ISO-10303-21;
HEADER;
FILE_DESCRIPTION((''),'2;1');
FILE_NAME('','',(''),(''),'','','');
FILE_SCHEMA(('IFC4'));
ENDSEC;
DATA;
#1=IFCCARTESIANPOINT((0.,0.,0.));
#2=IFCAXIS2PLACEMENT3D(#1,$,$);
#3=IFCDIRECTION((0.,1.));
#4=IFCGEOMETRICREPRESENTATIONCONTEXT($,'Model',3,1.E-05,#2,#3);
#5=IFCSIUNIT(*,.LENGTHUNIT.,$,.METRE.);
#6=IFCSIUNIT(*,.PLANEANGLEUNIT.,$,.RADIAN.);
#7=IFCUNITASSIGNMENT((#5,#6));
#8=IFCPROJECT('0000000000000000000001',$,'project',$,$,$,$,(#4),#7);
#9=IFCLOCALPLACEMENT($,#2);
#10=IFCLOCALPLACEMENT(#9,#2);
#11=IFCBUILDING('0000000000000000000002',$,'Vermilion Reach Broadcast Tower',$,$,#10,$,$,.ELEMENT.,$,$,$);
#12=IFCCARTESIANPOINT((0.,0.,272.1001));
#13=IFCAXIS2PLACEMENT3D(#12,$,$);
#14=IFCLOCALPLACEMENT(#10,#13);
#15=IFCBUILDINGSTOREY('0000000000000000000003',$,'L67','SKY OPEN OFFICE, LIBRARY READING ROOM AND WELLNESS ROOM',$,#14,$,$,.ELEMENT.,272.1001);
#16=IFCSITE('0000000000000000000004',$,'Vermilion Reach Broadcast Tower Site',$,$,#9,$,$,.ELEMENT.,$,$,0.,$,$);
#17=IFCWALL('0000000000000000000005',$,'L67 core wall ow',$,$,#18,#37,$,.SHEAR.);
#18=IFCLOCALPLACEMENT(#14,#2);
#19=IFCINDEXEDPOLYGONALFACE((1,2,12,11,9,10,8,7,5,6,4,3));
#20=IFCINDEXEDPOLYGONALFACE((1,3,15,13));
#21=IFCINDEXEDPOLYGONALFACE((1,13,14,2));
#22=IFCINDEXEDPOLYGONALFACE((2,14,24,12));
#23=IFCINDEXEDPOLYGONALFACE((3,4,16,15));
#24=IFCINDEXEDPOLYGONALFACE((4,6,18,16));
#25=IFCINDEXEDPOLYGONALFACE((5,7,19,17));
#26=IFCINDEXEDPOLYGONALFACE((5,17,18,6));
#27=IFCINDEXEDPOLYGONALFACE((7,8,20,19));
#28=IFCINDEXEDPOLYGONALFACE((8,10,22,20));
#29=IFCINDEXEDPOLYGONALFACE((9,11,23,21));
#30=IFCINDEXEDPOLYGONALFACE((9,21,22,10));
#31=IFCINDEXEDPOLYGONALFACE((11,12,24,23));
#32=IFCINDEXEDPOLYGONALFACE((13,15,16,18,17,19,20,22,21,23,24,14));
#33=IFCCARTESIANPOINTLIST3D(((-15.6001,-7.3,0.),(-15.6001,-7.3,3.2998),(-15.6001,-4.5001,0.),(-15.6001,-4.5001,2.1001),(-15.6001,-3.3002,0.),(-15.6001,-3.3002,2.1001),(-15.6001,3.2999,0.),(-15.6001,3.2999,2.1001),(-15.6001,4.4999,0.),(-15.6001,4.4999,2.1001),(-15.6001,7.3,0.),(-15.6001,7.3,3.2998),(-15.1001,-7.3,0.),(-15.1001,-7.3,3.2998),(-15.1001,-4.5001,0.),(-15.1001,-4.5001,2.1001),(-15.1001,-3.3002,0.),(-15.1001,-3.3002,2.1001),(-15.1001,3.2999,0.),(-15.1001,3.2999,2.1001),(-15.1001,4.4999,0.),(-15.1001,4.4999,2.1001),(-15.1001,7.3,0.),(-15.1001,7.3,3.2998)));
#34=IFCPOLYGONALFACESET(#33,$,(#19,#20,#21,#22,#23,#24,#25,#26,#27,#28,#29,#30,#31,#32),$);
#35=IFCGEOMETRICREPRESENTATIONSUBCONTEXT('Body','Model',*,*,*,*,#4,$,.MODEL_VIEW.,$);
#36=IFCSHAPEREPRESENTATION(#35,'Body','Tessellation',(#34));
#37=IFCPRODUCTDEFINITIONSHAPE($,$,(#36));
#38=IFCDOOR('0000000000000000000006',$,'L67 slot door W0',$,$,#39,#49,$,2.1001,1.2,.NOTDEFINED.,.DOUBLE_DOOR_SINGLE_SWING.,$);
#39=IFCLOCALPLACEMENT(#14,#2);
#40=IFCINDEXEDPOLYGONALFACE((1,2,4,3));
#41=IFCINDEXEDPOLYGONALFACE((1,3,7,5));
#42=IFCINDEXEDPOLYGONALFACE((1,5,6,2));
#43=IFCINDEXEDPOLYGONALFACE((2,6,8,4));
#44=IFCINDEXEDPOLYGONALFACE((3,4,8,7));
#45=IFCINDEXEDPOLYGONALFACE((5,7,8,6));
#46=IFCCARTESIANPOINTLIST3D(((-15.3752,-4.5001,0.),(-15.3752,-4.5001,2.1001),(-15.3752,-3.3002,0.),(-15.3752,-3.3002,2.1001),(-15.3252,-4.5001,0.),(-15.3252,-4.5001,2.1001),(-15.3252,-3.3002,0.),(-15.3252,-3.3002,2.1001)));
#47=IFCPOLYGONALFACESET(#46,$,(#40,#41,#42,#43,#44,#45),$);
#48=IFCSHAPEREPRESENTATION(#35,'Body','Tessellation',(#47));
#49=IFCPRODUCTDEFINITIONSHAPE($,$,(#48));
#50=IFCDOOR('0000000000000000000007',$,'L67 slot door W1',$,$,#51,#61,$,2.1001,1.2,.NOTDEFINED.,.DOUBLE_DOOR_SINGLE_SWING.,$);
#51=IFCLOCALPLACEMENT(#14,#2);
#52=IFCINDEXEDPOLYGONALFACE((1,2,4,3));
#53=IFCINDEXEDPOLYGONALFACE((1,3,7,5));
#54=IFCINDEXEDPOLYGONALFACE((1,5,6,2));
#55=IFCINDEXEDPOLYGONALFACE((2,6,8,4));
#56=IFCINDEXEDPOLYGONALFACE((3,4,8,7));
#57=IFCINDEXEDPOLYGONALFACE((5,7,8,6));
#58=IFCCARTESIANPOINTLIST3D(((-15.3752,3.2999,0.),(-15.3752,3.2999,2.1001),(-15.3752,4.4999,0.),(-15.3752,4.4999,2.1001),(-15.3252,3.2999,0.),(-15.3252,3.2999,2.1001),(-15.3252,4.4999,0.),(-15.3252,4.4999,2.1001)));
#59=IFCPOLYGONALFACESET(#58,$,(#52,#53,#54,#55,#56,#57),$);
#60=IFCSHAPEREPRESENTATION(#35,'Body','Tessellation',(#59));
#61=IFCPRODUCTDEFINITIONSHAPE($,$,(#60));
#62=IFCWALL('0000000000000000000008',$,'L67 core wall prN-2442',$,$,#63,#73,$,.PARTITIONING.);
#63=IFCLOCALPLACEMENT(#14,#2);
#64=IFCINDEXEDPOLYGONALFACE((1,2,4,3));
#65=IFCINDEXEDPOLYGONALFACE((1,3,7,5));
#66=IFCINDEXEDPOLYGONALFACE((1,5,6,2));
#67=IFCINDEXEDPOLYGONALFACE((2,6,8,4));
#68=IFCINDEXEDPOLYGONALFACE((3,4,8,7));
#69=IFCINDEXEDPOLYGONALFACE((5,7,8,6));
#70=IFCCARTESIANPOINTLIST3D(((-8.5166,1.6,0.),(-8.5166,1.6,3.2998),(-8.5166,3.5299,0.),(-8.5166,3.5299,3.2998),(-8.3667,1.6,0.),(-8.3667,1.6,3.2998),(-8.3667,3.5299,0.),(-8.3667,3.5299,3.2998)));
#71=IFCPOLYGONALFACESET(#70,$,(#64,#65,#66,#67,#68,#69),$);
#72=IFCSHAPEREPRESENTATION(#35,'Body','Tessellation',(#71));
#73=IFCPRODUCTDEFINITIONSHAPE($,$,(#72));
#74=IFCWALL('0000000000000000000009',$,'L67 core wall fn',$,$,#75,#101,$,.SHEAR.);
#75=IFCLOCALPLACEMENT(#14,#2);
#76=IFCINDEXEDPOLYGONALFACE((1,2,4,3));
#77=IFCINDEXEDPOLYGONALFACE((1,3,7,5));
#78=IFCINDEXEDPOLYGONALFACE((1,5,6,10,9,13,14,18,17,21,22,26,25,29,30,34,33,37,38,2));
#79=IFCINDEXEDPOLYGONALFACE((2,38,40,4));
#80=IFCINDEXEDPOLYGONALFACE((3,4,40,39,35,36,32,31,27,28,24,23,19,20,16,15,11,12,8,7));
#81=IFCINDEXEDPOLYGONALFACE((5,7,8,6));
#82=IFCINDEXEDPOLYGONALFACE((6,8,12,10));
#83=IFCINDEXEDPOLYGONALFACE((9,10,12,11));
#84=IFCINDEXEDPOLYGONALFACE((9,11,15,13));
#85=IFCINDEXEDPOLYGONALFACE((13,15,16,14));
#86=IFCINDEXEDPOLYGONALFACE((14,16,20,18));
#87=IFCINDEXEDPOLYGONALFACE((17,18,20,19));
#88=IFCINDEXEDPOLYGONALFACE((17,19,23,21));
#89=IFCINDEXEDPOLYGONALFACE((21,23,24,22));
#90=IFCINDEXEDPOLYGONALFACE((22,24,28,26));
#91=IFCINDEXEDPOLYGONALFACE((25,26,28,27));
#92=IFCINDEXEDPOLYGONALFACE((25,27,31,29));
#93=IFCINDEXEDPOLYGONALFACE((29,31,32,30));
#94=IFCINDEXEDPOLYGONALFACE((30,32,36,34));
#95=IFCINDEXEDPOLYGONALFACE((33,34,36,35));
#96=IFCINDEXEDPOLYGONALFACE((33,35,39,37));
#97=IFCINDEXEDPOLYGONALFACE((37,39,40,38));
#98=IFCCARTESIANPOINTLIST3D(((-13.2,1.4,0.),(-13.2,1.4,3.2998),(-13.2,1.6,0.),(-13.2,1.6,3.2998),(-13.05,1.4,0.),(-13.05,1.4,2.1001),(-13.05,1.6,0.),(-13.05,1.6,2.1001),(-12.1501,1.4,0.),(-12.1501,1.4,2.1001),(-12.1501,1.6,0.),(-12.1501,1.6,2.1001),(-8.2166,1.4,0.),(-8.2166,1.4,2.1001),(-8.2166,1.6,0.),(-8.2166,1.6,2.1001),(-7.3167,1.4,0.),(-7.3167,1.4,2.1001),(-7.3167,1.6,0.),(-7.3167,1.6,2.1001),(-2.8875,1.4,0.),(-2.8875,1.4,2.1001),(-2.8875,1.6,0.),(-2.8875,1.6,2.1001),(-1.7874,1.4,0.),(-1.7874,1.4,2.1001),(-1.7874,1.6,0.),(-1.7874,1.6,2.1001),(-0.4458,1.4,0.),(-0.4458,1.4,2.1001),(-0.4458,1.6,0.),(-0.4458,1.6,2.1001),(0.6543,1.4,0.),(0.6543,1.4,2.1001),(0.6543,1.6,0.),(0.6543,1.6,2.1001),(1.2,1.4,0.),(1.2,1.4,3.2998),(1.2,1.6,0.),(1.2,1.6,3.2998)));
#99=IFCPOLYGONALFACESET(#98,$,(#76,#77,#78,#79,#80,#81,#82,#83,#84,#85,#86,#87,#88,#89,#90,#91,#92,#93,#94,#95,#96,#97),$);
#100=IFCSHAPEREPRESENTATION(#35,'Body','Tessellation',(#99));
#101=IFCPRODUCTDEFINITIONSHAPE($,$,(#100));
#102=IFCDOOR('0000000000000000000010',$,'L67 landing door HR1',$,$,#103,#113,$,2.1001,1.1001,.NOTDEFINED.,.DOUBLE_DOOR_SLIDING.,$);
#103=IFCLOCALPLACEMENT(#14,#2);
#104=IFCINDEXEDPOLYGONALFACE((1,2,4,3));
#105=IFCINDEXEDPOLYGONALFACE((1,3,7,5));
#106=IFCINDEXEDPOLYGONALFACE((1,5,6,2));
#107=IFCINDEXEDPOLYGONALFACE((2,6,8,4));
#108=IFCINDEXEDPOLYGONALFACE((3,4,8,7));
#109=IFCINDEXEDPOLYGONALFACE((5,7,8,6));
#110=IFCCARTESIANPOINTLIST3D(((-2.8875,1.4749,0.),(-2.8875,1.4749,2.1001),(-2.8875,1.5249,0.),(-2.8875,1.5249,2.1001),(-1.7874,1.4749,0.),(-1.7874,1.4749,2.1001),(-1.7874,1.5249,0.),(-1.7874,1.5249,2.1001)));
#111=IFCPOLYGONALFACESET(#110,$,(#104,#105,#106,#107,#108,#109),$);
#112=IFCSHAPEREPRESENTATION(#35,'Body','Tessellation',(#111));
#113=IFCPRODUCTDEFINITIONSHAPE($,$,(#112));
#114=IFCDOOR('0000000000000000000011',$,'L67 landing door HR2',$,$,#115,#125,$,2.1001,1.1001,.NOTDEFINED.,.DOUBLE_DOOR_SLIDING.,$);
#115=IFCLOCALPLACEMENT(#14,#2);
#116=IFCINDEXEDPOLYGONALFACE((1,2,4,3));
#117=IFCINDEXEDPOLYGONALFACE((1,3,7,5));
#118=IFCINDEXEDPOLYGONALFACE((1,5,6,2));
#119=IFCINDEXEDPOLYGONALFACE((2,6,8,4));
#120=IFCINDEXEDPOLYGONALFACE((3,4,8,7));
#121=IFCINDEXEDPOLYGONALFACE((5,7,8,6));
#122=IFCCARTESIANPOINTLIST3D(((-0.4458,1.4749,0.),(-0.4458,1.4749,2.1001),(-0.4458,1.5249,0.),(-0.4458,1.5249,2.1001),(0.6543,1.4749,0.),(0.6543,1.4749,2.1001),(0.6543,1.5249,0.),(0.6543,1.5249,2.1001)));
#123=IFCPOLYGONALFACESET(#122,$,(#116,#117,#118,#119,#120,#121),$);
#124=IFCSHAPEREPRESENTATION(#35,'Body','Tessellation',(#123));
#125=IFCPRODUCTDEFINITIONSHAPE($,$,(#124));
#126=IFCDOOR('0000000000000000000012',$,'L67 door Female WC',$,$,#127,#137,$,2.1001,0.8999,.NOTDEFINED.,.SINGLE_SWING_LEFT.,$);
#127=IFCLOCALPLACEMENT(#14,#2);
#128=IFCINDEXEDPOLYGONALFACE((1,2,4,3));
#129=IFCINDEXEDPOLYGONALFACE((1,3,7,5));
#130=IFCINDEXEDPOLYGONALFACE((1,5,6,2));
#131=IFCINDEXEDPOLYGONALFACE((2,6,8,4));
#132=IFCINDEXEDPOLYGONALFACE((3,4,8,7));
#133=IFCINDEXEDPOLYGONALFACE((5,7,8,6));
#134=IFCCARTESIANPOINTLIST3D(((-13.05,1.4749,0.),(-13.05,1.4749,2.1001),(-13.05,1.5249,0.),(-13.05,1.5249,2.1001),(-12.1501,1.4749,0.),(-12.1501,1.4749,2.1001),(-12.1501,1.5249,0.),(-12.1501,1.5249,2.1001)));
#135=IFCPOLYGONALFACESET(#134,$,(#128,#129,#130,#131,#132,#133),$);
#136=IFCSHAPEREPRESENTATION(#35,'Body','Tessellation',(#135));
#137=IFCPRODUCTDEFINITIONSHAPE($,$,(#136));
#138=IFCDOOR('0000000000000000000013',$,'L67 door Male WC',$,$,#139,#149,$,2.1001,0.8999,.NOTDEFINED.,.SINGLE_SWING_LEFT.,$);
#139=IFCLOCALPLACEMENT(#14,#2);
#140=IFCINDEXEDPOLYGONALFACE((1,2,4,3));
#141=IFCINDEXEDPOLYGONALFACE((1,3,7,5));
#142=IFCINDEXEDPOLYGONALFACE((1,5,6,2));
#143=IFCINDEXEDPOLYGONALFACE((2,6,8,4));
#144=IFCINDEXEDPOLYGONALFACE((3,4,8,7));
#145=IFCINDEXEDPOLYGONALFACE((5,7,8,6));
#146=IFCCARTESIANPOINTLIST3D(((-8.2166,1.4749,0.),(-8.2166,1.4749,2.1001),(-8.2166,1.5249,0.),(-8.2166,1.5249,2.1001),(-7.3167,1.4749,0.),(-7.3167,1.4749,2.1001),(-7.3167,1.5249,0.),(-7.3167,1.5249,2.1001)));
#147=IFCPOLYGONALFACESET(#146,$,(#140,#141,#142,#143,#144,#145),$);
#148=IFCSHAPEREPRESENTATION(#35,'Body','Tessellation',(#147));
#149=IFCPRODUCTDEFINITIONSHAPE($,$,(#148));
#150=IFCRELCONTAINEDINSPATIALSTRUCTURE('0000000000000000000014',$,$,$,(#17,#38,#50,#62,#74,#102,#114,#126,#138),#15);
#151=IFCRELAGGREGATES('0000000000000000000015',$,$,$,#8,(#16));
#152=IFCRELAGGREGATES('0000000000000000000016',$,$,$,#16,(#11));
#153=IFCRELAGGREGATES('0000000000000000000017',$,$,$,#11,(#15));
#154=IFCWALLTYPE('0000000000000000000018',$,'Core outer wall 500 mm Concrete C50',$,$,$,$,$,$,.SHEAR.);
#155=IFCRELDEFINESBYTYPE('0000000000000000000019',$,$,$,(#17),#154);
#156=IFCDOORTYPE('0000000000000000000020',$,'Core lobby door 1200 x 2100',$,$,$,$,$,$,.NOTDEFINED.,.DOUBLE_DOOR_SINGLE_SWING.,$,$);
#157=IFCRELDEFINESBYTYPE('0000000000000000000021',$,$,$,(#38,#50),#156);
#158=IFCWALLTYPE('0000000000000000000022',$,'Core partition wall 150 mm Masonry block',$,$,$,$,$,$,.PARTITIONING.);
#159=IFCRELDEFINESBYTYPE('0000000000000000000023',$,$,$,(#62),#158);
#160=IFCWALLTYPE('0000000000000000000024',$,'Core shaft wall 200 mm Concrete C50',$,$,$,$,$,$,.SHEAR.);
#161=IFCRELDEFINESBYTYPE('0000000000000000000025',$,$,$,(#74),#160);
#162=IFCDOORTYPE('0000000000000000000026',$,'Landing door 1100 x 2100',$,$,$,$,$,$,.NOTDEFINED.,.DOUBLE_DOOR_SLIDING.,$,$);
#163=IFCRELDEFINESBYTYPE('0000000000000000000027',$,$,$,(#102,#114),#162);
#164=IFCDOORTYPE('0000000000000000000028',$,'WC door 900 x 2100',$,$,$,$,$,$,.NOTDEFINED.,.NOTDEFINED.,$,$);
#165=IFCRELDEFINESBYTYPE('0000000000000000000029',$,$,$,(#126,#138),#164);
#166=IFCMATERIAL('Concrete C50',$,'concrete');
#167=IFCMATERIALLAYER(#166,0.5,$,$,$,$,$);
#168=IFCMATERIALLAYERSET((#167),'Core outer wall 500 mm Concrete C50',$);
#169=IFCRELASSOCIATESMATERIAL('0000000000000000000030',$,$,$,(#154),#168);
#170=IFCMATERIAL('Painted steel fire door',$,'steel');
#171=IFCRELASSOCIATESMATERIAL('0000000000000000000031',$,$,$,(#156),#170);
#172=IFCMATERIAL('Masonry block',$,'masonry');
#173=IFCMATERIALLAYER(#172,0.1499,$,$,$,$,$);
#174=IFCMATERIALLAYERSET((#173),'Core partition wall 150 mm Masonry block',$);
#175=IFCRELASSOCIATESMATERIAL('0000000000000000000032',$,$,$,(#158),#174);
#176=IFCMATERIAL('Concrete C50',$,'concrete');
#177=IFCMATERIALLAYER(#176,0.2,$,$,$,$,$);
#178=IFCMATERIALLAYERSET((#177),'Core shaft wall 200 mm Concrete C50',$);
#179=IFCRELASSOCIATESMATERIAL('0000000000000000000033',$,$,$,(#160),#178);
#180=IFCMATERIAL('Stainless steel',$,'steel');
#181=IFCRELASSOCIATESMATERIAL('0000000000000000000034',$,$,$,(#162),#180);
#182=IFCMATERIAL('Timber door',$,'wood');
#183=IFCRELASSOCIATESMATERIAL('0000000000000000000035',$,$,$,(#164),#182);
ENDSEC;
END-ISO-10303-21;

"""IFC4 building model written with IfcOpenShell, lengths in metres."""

from ifc_helpers import new_model, si_unit, direction, frame, frame_2d, origin, place, context, subcontext, project, spatial, rectangle, extrude, material, layer, layer_set, type_object, element, fill, save


model = new_model("IFC4")

# Units and contexts
model_context = context("Model", 3, precision=1e-05, world=origin(), true_north=direction((0.0, 1.0)))
body_context = subcontext(model_context, "Body", "Model", "MODEL_VIEW")
ifc_project = project(units=[si_unit("LENGTHUNIT", "METRE"), si_unit("PLANEANGLEUNIT", "RADIAN")], contexts=[model_context])

# Site, building, storey
site_placement = place(None, origin())
site = spatial("IfcSite", under=ifc_project, at=site_placement, Name="Vermilion Reach Broadcast Tower Site", CompositionType="ELEMENT", RefElevation=0.0)
building_placement = place(site_placement, origin())
building = spatial("IfcBuilding", under=site, at=building_placement, Name="Vermilion Reach Broadcast Tower", CompositionType="ELEMENT")
storey_placement = place(building_placement, frame((0.0, 0.0, 272.1001)))
storey = spatial("IfcBuildingStorey", under=building, at=storey_placement, Name="L67", Description="SKY OPEN OFFICE, LIBRARY READING ROOM AND WELLNESS ROOM", CompositionType="ELEMENT", Elevation=272.1001)

# Shared definitions
ifc_material_1 = material(Name="Concrete C50", Category="concrete")
ifc_layer_1 = layer(ifc_material_1, 0.5)
ifc_layer_set_1 = layer_set([ifc_layer_1], Name="Core outer wall 500 mm Concrete C50")
wall_type_1 = type_object("IfcWallType", Name="Core outer wall 500 mm Concrete C50", PredefinedType="SHEAR", material=ifc_layer_set_1)

# Wall, openings, doors
wall_1_placement = place(storey_placement, frame((-15.3501, 7.3, 0.0), z_axis=(0.0, 0.0, 1.0), x_axis=(0.0, -1.0, 0.0)))
wall_1 = element("IfcWall", 1, at=wall_1_placement, inside=storey, type_object=wall_type_1, Name="L67 core wall ow", PredefinedType="SHEAR", context=body_context, shape_type="SweptSolid", body=[
    extrude(rectangle(XDim=14.6001, YDim=0.5, at=frame_2d((7.3, 0.0))), origin(), (0.0, 0.0, 1.0), 3.2998),
])
opening_1_placement = place(wall_1_placement, frame((10.6001, 0.0, 0.0)))
opening_1 = element("IfcOpeningElement", 2, at=opening_1_placement, cuts=wall_1, PredefinedType="OPENING", context=body_context, shape_type="SweptSolid", body=[
    extrude(rectangle(XDim=1.2, YDim=2.1001, at=frame_2d((0.6001, 1.05))), frame((0.0, 0.26, 0.0), z_axis=(0.0, -1.0, 0.0), x_axis=(1.0, 0.0, 0.0)), (0.0, 0.0, 1.0), 0.52),
])
opening_2_placement = place(wall_1_placement, frame((2.8, 0.0, 0.0)))
opening_2 = element("IfcOpeningElement", 3, at=opening_2_placement, cuts=wall_1, PredefinedType="OPENING", context=body_context, shape_type="SweptSolid", body=[
    extrude(rectangle(XDim=1.2, YDim=2.1001, at=frame_2d((0.6001, 1.05))), frame((0.0, 0.26, 0.0), z_axis=(0.0, -1.0, 0.0), x_axis=(1.0, 0.0, 0.0)), (0.0, 0.0, 1.0), 0.52),
])
ifc_material_2 = material(Name="Painted steel fire door", Category="steel")
door_type_1 = type_object("IfcDoorType", Name="Core lobby door 1200 x 2100", OperationType="DOUBLE_DOOR_SINGLE_SWING", PredefinedType="NOTDEFINED", material=ifc_material_2)
door_1_placement = place(opening_1_placement, origin())
door_1 = element("IfcDoor", 4, at=door_1_placement, inside=storey, type_object=door_type_1, Name="L67 slot door W0", OperationType="DOUBLE_DOOR_SINGLE_SWING", OverallHeight=2.1001, OverallWidth=1.2, PredefinedType="NOTDEFINED", context=body_context, shape_type="SweptSolid", body=[
    extrude(rectangle(XDim=1.2, YDim=2.1001, at=frame_2d((0.6001, 1.05))), frame((0.0, 0.0249, 0.0), z_axis=(0.0, -1.0, 0.0), x_axis=(1.0, 0.0, 0.0)), (0.0, 0.0, 1.0), 0.05),
])
fill(opening_1, door_1)
door_2_placement = place(opening_2_placement, origin())
door_2 = element("IfcDoor", 5, at=door_2_placement, inside=storey, type_object=door_type_1, Name="L67 slot door W1", OperationType="DOUBLE_DOOR_SINGLE_SWING", OverallHeight=2.1001, OverallWidth=1.2, PredefinedType="NOTDEFINED", context=body_context, shape_type="SweptSolid", body=[
    extrude(rectangle(XDim=1.2, YDim=2.1001, at=frame_2d((0.6001, 1.05))), frame((0.0, 0.0249, 0.0), z_axis=(0.0, -1.0, 0.0), x_axis=(1.0, 0.0, 0.0)), (0.0, 0.0, 1.0), 0.05),
])
fill(opening_2, door_2)

# Wall
ifc_material_3 = material(Name="Masonry block", Category="masonry")
ifc_layer_2 = layer(ifc_material_3, 0.1499)
ifc_layer_set_2 = layer_set([ifc_layer_2], Name="Core partition wall 150 mm Masonry block")
wall_type_2 = type_object("IfcWallType", Name="Core partition wall 150 mm Masonry block", PredefinedType="PARTITIONING", material=ifc_layer_set_2)
wall_2_placement = place(storey_placement, frame((-8.4417, 1.6001, 0.0), z_axis=(0.0, 0.0, 1.0), x_axis=(0.0, 1.0, 0.0)))
element("IfcWall", 6, at=wall_2_placement, inside=storey, type_object=wall_type_2, Name="L67 core wall prN-2442", PredefinedType="PARTITIONING", context=body_context, shape_type="SweptSolid", body=[
    extrude(rectangle(XDim=1.9299, YDim=0.1499, at=frame_2d((0.9648, 0.0))), origin(), (0.0, 0.0, 1.0), 3.2998),
])

# Wall, openings, doors
ifc_material_4 = material(Name="Concrete C50", Category="concrete")
ifc_layer_3 = layer(ifc_material_4, 0.2)
ifc_layer_set_3 = layer_set([ifc_layer_3], Name="Core shaft wall 200 mm Concrete C50")
wall_type_3 = type_object("IfcWallType", Name="Core shaft wall 200 mm Concrete C50", PredefinedType="SHEAR", material=ifc_layer_set_3)
wall_3_placement = place(storey_placement, frame((-13.2, 1.5, 0.0), z_axis=(0.0, 0.0, 1.0), x_axis=(1.0, 0.0, 0.0)))
wall_3 = element("IfcWall", 7, at=wall_3_placement, inside=storey, type_object=wall_type_3, Name="L67 core wall fn", PredefinedType="SHEAR", context=body_context, shape_type="SweptSolid", body=[
    extrude(rectangle(XDim=14.3999, YDim=0.2, at=frame_2d((7.2, 0.0))), origin(), (0.0, 0.0, 1.0), 3.2998),
])
opening_3_placement = place(wall_3_placement, frame((10.3125, 0.0, 0.0)))
opening_3 = element("IfcOpeningElement", 8, at=opening_3_placement, cuts=wall_3, PredefinedType="OPENING", context=body_context, shape_type="SweptSolid", body=[
    extrude(rectangle(XDim=1.1001, YDim=2.1001, at=frame_2d((0.55, 1.05))), frame((0.0, 0.1099, 0.0), z_axis=(0.0, -1.0, 0.0), x_axis=(1.0, 0.0, 0.0)), (0.0, 0.0, 1.0), 0.22),
])
opening_4_placement = place(wall_3_placement, frame((12.7542, 0.0, 0.0)))
opening_4 = element("IfcOpeningElement", 9, at=opening_4_placement, cuts=wall_3, PredefinedType="OPENING", context=body_context, shape_type="SweptSolid", body=[
    extrude(rectangle(XDim=1.1001, YDim=2.1001, at=frame_2d((0.55, 1.05))), frame((0.0, 0.1099, 0.0), z_axis=(0.0, -1.0, 0.0), x_axis=(1.0, 0.0, 0.0)), (0.0, 0.0, 1.0), 0.22),
])
opening_5_placement = place(wall_3_placement, frame((0.1499, 0.0, 0.0)))
opening_5 = element("IfcOpeningElement", 10, at=opening_5_placement, cuts=wall_3, PredefinedType="OPENING", context=body_context, shape_type="SweptSolid", body=[
    extrude(rectangle(XDim=0.8999, YDim=2.1001, at=frame_2d((0.45, 1.05))), frame((0.0, 0.1099, 0.0), z_axis=(0.0, -1.0, 0.0), x_axis=(1.0, 0.0, 0.0)), (0.0, 0.0, 1.0), 0.22),
])
opening_6_placement = place(wall_3_placement, frame((4.9834, 0.0, 0.0)))
opening_6 = element("IfcOpeningElement", 11, at=opening_6_placement, cuts=wall_3, PredefinedType="OPENING", context=body_context, shape_type="SweptSolid", body=[
    extrude(rectangle(XDim=0.8999, YDim=2.1001, at=frame_2d((0.45, 1.05))), frame((0.0, 0.1099, 0.0), z_axis=(0.0, -1.0, 0.0), x_axis=(1.0, 0.0, 0.0)), (0.0, 0.0, 1.0), 0.22),
])
ifc_material_5 = material(Name="Stainless steel", Category="steel")
door_type_2 = type_object("IfcDoorType", Name="Landing door 1100 x 2100", OperationType="DOUBLE_DOOR_SLIDING", PredefinedType="NOTDEFINED", material=ifc_material_5)
door_3_placement = place(opening_3_placement, origin())
door_3 = element("IfcDoor", 12, at=door_3_placement, inside=storey, type_object=door_type_2, Name="L67 landing door HR1", OperationType="DOUBLE_DOOR_SLIDING", OverallHeight=2.1001, OverallWidth=1.1001, PredefinedType="NOTDEFINED", context=body_context, shape_type="SweptSolid", body=[
    extrude(rectangle(XDim=1.1001, YDim=2.1001, at=frame_2d((0.55, 1.05))), frame((0.0, 0.0249, 0.0), z_axis=(0.0, -1.0, 0.0), x_axis=(1.0, 0.0, 0.0)), (0.0, 0.0, 1.0), 0.05),
])
fill(opening_3, door_3)
door_4_placement = place(opening_4_placement, origin())
door_4 = element("IfcDoor", 13, at=door_4_placement, inside=storey, type_object=door_type_2, Name="L67 landing door HR2", OperationType="DOUBLE_DOOR_SLIDING", OverallHeight=2.1001, OverallWidth=1.1001, PredefinedType="NOTDEFINED", context=body_context, shape_type="SweptSolid", body=[
    extrude(rectangle(XDim=1.1001, YDim=2.1001, at=frame_2d((0.55, 1.05))), frame((0.0, 0.0249, 0.0), z_axis=(0.0, -1.0, 0.0), x_axis=(1.0, 0.0, 0.0)), (0.0, 0.0, 1.0), 0.05),
])
fill(opening_4, door_4)
ifc_material_6 = material(Name="Timber door", Category="wood")
door_type_3 = type_object("IfcDoorType", Name="WC door 900 x 2100", OperationType="NOTDEFINED", PredefinedType="NOTDEFINED", material=ifc_material_6)
door_5_placement = place(opening_5_placement, origin())
door_5 = element("IfcDoor", 14, at=door_5_placement, inside=storey, type_object=door_type_3, Name="L67 door Female WC", OperationType="SINGLE_SWING_LEFT", OverallHeight=2.1001, OverallWidth=0.8999, PredefinedType="NOTDEFINED", context=body_context, shape_type="SweptSolid", body=[
    extrude(rectangle(XDim=0.8999, YDim=2.1001, at=frame_2d((0.45, 1.05))), frame((0.0, 0.0249, 0.0), z_axis=(0.0, -1.0, 0.0), x_axis=(1.0, 0.0, 0.0)), (0.0, 0.0, 1.0), 0.05),
])
fill(opening_5, door_5)
door_6_placement = place(opening_6_placement, origin())
door_6 = element("IfcDoor", 15, at=door_6_placement, inside=storey, type_object=door_type_3, Name="L67 door Male WC", OperationType="SINGLE_SWING_LEFT", OverallHeight=2.1001, OverallWidth=0.8999, PredefinedType="NOTDEFINED", context=body_context, shape_type="SweptSolid", body=[
    extrude(rectangle(XDim=0.8999, YDim=2.1001, at=frame_2d((0.45, 1.05))), frame((0.0, 0.0249, 0.0), z_axis=(0.0, -1.0, 0.0), x_axis=(1.0, 0.0, 0.0)), (0.0, 0.0, 1.0), 0.05),
])
fill(opening_6, door_6)

save(model, "model.ifc")
